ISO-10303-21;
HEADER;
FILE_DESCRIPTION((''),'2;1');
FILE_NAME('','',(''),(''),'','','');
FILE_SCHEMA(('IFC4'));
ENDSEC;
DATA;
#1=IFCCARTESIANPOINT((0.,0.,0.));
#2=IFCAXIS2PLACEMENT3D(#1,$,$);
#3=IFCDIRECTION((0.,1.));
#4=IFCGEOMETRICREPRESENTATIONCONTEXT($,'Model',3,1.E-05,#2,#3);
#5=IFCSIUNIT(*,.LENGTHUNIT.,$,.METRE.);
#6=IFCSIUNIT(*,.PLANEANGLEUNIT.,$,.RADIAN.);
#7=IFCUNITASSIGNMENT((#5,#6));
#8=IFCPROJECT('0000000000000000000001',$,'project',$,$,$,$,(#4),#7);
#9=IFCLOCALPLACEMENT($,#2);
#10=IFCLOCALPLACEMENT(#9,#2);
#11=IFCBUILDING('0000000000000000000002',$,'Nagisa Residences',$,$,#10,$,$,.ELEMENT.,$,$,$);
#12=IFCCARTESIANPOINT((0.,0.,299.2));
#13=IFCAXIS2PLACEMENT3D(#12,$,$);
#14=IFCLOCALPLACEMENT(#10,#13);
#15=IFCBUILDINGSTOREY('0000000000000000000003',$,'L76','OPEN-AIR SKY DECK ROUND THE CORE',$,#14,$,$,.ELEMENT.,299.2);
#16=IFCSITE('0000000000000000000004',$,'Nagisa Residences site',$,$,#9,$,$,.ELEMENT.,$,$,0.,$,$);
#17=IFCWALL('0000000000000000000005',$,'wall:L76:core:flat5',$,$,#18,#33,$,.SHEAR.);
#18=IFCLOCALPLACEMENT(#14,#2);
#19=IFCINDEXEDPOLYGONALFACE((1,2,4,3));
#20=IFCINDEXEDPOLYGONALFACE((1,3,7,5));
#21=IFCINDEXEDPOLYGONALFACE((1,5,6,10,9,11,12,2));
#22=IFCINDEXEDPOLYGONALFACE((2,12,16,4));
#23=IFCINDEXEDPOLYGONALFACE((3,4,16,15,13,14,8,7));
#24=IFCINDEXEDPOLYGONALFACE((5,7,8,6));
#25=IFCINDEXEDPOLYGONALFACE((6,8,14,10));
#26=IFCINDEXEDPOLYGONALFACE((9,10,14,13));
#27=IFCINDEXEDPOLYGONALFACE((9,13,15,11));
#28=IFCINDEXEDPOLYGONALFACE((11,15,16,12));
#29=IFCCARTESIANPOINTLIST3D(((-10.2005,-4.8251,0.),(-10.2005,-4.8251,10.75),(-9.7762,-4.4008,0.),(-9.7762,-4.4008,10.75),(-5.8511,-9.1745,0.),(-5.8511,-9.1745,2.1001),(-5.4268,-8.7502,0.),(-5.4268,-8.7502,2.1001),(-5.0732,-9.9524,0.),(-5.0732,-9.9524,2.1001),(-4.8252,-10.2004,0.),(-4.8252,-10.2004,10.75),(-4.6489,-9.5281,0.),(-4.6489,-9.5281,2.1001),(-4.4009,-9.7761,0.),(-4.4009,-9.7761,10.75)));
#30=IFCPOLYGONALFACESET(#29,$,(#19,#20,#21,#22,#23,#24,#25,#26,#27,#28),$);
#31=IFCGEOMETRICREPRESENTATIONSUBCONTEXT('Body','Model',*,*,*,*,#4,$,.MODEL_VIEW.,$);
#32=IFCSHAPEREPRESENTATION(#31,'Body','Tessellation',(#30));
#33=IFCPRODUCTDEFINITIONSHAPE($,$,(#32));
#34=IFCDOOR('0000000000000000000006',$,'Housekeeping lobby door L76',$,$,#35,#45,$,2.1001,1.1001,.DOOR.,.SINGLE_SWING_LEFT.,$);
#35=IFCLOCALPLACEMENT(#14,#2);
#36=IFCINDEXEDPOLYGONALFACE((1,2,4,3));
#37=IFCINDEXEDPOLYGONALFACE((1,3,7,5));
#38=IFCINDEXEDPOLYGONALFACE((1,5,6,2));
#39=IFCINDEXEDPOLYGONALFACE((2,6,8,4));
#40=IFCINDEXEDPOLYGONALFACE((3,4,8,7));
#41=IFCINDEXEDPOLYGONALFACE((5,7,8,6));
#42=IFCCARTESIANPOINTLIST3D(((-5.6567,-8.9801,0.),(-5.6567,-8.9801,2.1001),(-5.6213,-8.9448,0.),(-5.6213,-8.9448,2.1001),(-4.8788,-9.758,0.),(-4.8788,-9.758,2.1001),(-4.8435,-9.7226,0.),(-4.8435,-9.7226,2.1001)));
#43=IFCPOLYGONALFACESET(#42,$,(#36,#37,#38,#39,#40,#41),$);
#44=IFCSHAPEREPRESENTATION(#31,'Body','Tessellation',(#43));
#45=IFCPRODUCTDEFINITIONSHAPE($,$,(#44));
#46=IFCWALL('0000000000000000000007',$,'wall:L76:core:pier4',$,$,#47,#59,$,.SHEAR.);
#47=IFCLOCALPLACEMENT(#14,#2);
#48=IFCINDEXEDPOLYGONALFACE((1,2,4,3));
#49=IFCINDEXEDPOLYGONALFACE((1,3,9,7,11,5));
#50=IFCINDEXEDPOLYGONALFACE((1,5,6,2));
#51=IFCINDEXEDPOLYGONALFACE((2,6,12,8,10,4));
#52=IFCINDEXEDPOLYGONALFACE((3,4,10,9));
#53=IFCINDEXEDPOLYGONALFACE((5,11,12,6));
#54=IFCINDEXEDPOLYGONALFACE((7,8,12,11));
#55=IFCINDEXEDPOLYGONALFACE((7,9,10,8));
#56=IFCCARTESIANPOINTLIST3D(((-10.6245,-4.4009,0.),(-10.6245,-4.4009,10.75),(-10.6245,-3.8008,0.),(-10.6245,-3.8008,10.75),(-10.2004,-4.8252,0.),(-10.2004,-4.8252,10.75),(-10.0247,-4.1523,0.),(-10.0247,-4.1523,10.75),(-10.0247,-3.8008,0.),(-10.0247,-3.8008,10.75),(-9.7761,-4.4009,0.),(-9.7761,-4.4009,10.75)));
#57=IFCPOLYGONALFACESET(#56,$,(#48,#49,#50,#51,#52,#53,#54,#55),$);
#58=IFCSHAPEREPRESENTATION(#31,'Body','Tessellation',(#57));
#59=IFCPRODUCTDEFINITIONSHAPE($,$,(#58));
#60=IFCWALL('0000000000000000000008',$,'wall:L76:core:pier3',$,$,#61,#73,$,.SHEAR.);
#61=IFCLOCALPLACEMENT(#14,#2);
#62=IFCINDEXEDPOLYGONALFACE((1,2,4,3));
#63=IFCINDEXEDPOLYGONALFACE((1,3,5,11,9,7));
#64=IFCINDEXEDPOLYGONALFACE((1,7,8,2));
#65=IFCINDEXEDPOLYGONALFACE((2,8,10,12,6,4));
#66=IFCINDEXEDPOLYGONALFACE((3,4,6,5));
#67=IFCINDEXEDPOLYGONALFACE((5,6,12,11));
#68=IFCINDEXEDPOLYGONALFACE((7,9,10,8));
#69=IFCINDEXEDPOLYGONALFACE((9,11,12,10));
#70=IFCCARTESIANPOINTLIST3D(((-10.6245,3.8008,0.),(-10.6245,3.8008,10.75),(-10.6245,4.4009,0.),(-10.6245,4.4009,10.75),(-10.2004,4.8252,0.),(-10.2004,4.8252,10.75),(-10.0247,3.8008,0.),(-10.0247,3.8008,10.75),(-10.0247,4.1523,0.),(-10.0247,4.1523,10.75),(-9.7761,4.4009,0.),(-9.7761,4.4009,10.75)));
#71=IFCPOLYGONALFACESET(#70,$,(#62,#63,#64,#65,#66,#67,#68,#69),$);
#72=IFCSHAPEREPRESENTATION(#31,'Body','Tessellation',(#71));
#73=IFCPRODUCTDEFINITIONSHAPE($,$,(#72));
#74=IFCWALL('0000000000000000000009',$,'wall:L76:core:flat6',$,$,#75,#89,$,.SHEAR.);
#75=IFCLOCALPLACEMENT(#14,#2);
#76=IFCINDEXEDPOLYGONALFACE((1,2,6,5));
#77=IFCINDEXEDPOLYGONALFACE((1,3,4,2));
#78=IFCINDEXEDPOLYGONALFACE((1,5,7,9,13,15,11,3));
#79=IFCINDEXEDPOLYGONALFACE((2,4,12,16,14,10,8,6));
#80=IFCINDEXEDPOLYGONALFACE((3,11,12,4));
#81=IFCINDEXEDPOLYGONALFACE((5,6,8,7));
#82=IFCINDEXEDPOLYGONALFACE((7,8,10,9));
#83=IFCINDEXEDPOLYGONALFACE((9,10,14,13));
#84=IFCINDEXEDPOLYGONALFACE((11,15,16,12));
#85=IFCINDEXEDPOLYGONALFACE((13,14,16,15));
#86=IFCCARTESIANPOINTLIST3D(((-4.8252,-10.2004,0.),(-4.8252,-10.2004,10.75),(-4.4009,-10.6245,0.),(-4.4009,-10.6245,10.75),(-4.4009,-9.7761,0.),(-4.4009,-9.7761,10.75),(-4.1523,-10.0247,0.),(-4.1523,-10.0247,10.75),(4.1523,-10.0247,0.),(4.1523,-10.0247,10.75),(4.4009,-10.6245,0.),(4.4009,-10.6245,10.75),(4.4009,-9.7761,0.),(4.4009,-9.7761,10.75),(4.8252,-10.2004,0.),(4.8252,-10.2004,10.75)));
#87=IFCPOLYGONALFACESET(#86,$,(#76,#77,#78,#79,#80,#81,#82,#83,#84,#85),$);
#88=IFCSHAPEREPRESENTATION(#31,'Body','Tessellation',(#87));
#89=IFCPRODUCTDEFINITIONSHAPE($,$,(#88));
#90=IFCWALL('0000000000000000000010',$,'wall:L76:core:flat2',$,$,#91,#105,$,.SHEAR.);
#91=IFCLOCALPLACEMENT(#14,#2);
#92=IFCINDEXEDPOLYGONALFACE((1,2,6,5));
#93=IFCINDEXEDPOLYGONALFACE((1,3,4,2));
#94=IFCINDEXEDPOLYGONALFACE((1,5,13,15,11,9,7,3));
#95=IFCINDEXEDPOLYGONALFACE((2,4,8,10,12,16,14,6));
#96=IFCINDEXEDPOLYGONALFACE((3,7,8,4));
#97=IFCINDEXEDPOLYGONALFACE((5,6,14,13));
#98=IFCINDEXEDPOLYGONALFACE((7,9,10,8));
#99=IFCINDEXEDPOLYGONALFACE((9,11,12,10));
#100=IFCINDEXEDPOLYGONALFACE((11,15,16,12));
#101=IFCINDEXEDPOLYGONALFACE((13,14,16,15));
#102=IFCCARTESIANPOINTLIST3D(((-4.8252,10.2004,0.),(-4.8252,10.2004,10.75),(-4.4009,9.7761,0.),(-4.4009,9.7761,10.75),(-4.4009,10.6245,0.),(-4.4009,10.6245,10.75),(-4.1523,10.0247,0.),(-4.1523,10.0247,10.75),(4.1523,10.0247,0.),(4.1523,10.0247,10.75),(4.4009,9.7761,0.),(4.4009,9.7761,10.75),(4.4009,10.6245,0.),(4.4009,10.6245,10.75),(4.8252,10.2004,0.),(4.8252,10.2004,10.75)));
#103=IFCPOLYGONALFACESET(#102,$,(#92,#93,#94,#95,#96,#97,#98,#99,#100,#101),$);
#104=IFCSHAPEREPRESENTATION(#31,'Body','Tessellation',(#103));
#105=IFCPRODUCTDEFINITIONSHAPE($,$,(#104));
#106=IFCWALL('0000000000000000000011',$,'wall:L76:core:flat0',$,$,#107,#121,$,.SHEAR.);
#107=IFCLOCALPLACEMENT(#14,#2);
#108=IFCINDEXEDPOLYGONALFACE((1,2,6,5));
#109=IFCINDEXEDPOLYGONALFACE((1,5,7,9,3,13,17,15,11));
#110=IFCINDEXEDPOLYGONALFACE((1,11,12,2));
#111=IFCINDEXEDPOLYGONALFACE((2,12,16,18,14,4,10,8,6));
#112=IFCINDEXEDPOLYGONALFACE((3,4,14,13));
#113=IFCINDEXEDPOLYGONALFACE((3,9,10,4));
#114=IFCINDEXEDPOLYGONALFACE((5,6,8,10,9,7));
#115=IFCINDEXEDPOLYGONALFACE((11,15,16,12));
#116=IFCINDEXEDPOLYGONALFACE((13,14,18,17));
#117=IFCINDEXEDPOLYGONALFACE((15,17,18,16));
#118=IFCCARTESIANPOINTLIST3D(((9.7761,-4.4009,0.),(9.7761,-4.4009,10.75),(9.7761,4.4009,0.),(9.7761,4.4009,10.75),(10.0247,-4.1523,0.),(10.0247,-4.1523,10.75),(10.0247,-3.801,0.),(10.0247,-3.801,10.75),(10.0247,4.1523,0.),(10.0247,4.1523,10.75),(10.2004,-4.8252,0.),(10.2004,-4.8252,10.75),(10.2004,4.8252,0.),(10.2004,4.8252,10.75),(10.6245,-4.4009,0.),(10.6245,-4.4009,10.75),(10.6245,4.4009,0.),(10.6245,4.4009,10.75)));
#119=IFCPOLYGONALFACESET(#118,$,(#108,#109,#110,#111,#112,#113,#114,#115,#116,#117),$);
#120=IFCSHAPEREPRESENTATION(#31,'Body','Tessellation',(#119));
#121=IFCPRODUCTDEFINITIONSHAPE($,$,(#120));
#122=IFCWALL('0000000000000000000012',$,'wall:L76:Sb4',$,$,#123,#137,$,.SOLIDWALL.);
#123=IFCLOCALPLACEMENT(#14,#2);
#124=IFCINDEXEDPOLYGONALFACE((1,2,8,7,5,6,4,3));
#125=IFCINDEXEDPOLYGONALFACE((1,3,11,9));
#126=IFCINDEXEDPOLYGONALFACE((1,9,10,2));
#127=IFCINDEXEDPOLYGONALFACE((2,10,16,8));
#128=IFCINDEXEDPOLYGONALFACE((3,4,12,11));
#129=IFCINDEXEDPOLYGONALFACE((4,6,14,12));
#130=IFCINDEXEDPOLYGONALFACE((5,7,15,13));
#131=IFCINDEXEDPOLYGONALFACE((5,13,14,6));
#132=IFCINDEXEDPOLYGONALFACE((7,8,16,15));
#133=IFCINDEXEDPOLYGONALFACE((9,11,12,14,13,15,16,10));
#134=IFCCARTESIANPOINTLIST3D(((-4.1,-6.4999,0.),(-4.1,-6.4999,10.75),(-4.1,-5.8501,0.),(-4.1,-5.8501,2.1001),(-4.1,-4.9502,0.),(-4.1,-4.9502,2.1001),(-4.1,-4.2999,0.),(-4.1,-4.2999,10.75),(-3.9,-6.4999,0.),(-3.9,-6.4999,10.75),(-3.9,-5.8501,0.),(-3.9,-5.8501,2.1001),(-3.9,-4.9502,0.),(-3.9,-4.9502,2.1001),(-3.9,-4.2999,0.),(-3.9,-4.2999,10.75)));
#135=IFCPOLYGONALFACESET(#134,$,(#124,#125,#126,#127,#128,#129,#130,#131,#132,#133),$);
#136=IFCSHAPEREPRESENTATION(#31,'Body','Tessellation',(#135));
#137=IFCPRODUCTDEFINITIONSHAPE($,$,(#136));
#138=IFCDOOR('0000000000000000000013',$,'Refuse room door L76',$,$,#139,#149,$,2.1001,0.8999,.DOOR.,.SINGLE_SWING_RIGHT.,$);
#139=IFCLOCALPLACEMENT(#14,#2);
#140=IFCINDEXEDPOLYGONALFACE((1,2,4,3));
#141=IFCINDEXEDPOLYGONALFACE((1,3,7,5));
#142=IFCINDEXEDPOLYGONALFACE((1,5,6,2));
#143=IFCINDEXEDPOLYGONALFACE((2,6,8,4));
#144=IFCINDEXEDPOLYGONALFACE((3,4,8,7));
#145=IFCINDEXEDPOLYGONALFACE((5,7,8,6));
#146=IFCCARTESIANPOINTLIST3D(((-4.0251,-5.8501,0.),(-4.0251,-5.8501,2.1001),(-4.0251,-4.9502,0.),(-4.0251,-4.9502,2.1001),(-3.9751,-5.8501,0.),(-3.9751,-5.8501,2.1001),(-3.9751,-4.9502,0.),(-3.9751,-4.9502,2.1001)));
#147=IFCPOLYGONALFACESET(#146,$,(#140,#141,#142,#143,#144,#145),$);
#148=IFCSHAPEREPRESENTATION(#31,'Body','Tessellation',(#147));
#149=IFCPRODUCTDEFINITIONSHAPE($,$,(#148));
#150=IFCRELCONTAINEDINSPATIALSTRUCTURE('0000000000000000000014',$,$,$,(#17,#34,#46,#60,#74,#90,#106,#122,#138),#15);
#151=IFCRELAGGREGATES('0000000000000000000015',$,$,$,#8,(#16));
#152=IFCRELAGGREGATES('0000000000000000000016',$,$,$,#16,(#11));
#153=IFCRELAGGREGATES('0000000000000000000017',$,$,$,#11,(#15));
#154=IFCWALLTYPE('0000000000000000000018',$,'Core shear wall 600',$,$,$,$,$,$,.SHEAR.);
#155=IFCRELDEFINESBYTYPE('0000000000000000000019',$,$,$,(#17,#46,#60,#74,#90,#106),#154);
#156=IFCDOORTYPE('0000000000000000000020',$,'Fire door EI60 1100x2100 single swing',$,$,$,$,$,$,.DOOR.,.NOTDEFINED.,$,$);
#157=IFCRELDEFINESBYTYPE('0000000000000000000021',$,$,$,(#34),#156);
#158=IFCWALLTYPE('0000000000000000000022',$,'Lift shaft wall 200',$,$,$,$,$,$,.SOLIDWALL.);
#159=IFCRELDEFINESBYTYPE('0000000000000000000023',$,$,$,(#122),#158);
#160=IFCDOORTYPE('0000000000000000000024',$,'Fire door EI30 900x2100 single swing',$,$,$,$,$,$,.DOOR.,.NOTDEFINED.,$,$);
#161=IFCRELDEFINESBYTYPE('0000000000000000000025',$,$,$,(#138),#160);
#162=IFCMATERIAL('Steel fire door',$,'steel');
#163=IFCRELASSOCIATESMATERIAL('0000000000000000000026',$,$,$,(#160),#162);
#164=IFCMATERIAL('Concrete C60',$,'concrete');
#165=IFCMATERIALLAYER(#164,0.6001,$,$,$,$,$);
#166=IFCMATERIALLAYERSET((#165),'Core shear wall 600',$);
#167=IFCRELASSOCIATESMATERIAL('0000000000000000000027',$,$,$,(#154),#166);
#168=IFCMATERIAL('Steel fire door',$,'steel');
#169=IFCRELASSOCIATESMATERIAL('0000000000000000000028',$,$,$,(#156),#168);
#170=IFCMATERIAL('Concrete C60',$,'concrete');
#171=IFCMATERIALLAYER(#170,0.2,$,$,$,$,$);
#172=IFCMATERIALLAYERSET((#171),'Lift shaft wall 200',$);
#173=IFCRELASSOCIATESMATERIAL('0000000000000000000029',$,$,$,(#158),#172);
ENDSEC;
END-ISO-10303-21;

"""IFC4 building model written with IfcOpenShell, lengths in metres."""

from ifc_helpers import new_model, si_unit, direction, frame, frame_2d, origin, place, context, subcontext, project, spatial, polyline, rectangle, outline, extrude, material, layer, layer_set, type_object, element, fill, save


model = new_model("IFC4")

# Units and contexts
model_context = context("Model", 3, precision=1e-05, world=origin(), true_north=direction((0.0, 1.0)))
body_context = subcontext(model_context, "Body", "Model", "MODEL_VIEW")
ifc_project = project(units=[si_unit("LENGTHUNIT", "METRE"), si_unit("PLANEANGLEUNIT", "RADIAN")], contexts=[model_context])

# Site, building, storey
site_placement = place(None, origin())
site = spatial("IfcSite", under=ifc_project, at=site_placement, Name="Nagisa Residences site", CompositionType="ELEMENT", RefElevation=0.0)
building_placement = place(site_placement, origin())
building = spatial("IfcBuilding", under=site, at=building_placement, Name="Nagisa Residences", CompositionType="ELEMENT")
storey_placement = place(building_placement, frame((0.0, 0.0, 299.2)))
storey = spatial("IfcBuildingStorey", under=building, at=storey_placement, Name="L76", Description="OPEN-AIR SKY DECK ROUND THE CORE", CompositionType="ELEMENT", Elevation=299.2)

# Shared definitions
ifc_material_1 = material(Name="Steel fire door", Category="steel")
door_type_1 = type_object("IfcDoorType", Name="Fire door EI30 900x2100 single swing", OperationType="NOTDEFINED", PredefinedType="DOOR", material=ifc_material_1)

# Wall, opening, door
ifc_material_2 = material(Name="Concrete C60", Category="concrete")
ifc_layer_1 = layer(ifc_material_2, 0.6001)
ifc_layer_set_1 = layer_set([ifc_layer_1], Name="Core shear wall 600")
wall_type_1 = type_object("IfcWallType", Name="Core shear wall 600", PredefinedType="SHEAR", material=ifc_layer_set_1)
wall_1_placement = place(storey_placement, frame((-9.9883, -4.613, 0.0), z_axis=(0.0, 0.0, 1.0), x_axis=(0.707107, -0.707107, 0.0)))
wall_1 = element("IfcWall", 1, at=wall_1_placement, inside=storey, type_object=wall_type_1, Name="wall:L76:core:flat5", PredefinedType="SHEAR", context=body_context, shape_type="SweptSolid", body=[
    extrude(rectangle(XDim=7.6018, YDim=0.6001, at=frame_2d((3.8008, 0.0))), origin(), (0.0, 0.0, 1.0), 10.75),
])
opening_1_placement = place(wall_1_placement, frame((6.1509, 0.0, 0.0)))
opening_1 = element("IfcOpeningElement", 2, at=opening_1_placement, cuts=wall_1, PredefinedType="OPENING", context=body_context, shape_type="SweptSolid", body=[
    extrude(rectangle(XDim=1.1001, YDim=2.1001, at=frame_2d((0.55, 1.05))), frame((0.0, 0.3101, 0.0), z_axis=(0.0, -1.0, 0.0), x_axis=(1.0, 0.0, 0.0)), (0.0, 0.0, 1.0), 0.6201),
])
ifc_material_3 = material(Name="Steel fire door", Category="steel")
door_type_2 = type_object("IfcDoorType", Name="Fire door EI60 1100x2100 single swing", OperationType="NOTDEFINED", PredefinedType="DOOR", material=ifc_material_3)
door_1_placement = place(opening_1_placement, origin())
door_1 = element("IfcDoor", 3, at=door_1_placement, inside=storey, type_object=door_type_2, Name="Housekeeping lobby door L76", OperationType="SINGLE_SWING_LEFT", OverallHeight=2.1001, OverallWidth=1.1001, PredefinedType="DOOR", context=body_context, shape_type="SweptSolid", body=[
    extrude(rectangle(XDim=1.1001, YDim=2.1001, at=frame_2d((0.55, 1.05))), frame((0.0, 0.0249, 0.0), z_axis=(0.0, -1.0, 0.0), x_axis=(1.0, 0.0, 0.0)), (0.0, 0.0, 1.0), 0.05),
])
fill(opening_1, door_1)

# Walls
wall_2_placement = place(storey_placement, origin())
element("IfcWall", 4, at=wall_2_placement, inside=storey, type_object=wall_type_1, Name="wall:L76:core:pier4", PredefinedType="SHEAR", context=body_context, shape_type="SweptSolid", body=[
    extrude(outline(polyline([(-10.6245, -3.8008), (-10.0247, -3.8008), (-10.0247, -4.1523), (-9.7761, -4.4009), (-10.2004, -4.8252), (-10.6245, -4.4009), (-10.6245, -3.8008)])), origin(), (0.0, 0.0, 1.0), 10.75),
])
wall_3_placement = place(storey_placement, origin())
element("IfcWall", 5, at=wall_3_placement, inside=storey, type_object=wall_type_1, Name="wall:L76:core:pier3", PredefinedType="SHEAR", context=body_context, shape_type="SweptSolid", body=[
    extrude(outline(polyline([(-10.2004, 4.8252), (-9.7761, 4.4009), (-10.0247, 4.1523), (-10.0247, 3.8008), (-10.6245, 3.8008), (-10.6245, 4.4009), (-10.2004, 4.8252)])), origin(), (0.0, 0.0, 1.0), 10.75),
])
wall_4_placement = place(storey_placement, origin())
element("IfcWall", 6, at=wall_4_placement, inside=storey, type_object=wall_type_1, Name="wall:L76:core:flat6", PredefinedType="SHEAR", context=body_context, shape_type="SweptSolid", body=[
    extrude(outline(polyline([(-4.1523, -10.0247), (4.1523, -10.0247), (4.4009, -9.7761), (4.8252, -10.2004), (4.4009, -10.6245), (-4.4009, -10.6245), (-4.8252, -10.2004), (-4.4009, -9.7761), (-4.1523, -10.0247)])), origin(), (0.0, 0.0, 1.0), 10.75),
])
wall_5_placement = place(storey_placement, origin())
element("IfcWall", 7, at=wall_5_placement, inside=storey, type_object=wall_type_1, Name="wall:L76:core:flat2", PredefinedType="SHEAR", context=body_context, shape_type="SweptSolid", body=[
    extrude(outline(polyline([(-4.1523, 10.0247), (-4.4009, 9.7761), (-4.8252, 10.2004), (-4.4009, 10.6245), (4.4009, 10.6245), (4.8252, 10.2004), (4.4009, 9.7761), (4.1523, 10.0247), (-4.1523, 10.0247)])), origin(), (0.0, 0.0, 1.0), 10.75),
])
wall_6_placement = place(storey_placement, origin())
element("IfcWall", 8, at=wall_6_placement, inside=storey, type_object=wall_type_1, Name="wall:L76:core:flat0", PredefinedType="SHEAR", context=body_context, shape_type="SweptSolid", body=[
    extrude(outline(polyline([(9.7761, -4.4009), (10.0247, -4.1523), (10.0247, -3.801), (10.0247, 4.1523), (9.7761, 4.4009), (10.2004, 4.8252), (10.6245, 4.4009), (10.6245, -4.4009), (10.2004, -4.8252), (9.7761, -4.4009)])), origin(), (0.0, 0.0, 1.0), 10.75),
])

# Wall, opening, door
ifc_material_4 = material(Name="Concrete C60", Category="concrete")
ifc_layer_2 = layer(ifc_material_4, 0.2)
ifc_layer_set_2 = layer_set([ifc_layer_2], Name="Lift shaft wall 200")
wall_type_2 = type_object("IfcWallType", Name="Lift shaft wall 200", PredefinedType="SOLIDWALL", material=ifc_layer_set_2)
wall_7_placement = place(storey_placement, frame((-4.0, -6.5, 0.0), z_axis=(0.0, 0.0, 1.0), x_axis=(0.0, 1.0, 0.0)))
wall_7 = element("IfcWall", 9, at=wall_7_placement, inside=storey, type_object=wall_type_2, Name="wall:L76:Sb4", PredefinedType="SOLIDWALL", context=body_context, shape_type="SweptSolid", body=[
    extrude(rectangle(XDim=2.2, YDim=0.2, at=frame_2d((1.1001, 0.0))), origin(), (0.0, 0.0, 1.0), 10.75),
])
opening_2_placement = place(wall_7_placement, frame((0.6499, 0.0, 0.0)))
opening_2 = element("IfcOpeningElement", 10, at=opening_2_placement, cuts=wall_7, PredefinedType="OPENING", context=body_context, shape_type="SweptSolid", body=[
    extrude(rectangle(XDim=0.8999, YDim=2.1001, at=frame_2d((0.45, 1.05))), frame((0.0, 0.1099, 0.0), z_axis=(0.0, -1.0, 0.0), x_axis=(1.0, 0.0, 0.0)), (0.0, 0.0, 1.0), 0.22),
])
door_2_placement = place(opening_2_placement, frame((0.8999, 0.0, 0.0), x_axis=(-1.0, 0.0, 0.0)))
door_2 = element("IfcDoor", 11, at=door_2_placement, inside=storey, type_object=door_type_1, Name="Refuse room door L76", OperationType="SINGLE_SWING_RIGHT", OverallHeight=2.1001, OverallWidth=0.8999, PredefinedType="DOOR", context=body_context, shape_type="SweptSolid", body=[
    extrude(rectangle(XDim=0.8999, YDim=2.1001, at=frame_2d((0.45, 1.05))), frame((0.0, 0.0249, 0.0), z_axis=(0.0, -1.0, 0.0), x_axis=(1.0, 0.0, 0.0)), (0.0, 0.0, 1.0), 0.05),
])
fill(opening_2, door_2)

save(model, "model.ifc")
